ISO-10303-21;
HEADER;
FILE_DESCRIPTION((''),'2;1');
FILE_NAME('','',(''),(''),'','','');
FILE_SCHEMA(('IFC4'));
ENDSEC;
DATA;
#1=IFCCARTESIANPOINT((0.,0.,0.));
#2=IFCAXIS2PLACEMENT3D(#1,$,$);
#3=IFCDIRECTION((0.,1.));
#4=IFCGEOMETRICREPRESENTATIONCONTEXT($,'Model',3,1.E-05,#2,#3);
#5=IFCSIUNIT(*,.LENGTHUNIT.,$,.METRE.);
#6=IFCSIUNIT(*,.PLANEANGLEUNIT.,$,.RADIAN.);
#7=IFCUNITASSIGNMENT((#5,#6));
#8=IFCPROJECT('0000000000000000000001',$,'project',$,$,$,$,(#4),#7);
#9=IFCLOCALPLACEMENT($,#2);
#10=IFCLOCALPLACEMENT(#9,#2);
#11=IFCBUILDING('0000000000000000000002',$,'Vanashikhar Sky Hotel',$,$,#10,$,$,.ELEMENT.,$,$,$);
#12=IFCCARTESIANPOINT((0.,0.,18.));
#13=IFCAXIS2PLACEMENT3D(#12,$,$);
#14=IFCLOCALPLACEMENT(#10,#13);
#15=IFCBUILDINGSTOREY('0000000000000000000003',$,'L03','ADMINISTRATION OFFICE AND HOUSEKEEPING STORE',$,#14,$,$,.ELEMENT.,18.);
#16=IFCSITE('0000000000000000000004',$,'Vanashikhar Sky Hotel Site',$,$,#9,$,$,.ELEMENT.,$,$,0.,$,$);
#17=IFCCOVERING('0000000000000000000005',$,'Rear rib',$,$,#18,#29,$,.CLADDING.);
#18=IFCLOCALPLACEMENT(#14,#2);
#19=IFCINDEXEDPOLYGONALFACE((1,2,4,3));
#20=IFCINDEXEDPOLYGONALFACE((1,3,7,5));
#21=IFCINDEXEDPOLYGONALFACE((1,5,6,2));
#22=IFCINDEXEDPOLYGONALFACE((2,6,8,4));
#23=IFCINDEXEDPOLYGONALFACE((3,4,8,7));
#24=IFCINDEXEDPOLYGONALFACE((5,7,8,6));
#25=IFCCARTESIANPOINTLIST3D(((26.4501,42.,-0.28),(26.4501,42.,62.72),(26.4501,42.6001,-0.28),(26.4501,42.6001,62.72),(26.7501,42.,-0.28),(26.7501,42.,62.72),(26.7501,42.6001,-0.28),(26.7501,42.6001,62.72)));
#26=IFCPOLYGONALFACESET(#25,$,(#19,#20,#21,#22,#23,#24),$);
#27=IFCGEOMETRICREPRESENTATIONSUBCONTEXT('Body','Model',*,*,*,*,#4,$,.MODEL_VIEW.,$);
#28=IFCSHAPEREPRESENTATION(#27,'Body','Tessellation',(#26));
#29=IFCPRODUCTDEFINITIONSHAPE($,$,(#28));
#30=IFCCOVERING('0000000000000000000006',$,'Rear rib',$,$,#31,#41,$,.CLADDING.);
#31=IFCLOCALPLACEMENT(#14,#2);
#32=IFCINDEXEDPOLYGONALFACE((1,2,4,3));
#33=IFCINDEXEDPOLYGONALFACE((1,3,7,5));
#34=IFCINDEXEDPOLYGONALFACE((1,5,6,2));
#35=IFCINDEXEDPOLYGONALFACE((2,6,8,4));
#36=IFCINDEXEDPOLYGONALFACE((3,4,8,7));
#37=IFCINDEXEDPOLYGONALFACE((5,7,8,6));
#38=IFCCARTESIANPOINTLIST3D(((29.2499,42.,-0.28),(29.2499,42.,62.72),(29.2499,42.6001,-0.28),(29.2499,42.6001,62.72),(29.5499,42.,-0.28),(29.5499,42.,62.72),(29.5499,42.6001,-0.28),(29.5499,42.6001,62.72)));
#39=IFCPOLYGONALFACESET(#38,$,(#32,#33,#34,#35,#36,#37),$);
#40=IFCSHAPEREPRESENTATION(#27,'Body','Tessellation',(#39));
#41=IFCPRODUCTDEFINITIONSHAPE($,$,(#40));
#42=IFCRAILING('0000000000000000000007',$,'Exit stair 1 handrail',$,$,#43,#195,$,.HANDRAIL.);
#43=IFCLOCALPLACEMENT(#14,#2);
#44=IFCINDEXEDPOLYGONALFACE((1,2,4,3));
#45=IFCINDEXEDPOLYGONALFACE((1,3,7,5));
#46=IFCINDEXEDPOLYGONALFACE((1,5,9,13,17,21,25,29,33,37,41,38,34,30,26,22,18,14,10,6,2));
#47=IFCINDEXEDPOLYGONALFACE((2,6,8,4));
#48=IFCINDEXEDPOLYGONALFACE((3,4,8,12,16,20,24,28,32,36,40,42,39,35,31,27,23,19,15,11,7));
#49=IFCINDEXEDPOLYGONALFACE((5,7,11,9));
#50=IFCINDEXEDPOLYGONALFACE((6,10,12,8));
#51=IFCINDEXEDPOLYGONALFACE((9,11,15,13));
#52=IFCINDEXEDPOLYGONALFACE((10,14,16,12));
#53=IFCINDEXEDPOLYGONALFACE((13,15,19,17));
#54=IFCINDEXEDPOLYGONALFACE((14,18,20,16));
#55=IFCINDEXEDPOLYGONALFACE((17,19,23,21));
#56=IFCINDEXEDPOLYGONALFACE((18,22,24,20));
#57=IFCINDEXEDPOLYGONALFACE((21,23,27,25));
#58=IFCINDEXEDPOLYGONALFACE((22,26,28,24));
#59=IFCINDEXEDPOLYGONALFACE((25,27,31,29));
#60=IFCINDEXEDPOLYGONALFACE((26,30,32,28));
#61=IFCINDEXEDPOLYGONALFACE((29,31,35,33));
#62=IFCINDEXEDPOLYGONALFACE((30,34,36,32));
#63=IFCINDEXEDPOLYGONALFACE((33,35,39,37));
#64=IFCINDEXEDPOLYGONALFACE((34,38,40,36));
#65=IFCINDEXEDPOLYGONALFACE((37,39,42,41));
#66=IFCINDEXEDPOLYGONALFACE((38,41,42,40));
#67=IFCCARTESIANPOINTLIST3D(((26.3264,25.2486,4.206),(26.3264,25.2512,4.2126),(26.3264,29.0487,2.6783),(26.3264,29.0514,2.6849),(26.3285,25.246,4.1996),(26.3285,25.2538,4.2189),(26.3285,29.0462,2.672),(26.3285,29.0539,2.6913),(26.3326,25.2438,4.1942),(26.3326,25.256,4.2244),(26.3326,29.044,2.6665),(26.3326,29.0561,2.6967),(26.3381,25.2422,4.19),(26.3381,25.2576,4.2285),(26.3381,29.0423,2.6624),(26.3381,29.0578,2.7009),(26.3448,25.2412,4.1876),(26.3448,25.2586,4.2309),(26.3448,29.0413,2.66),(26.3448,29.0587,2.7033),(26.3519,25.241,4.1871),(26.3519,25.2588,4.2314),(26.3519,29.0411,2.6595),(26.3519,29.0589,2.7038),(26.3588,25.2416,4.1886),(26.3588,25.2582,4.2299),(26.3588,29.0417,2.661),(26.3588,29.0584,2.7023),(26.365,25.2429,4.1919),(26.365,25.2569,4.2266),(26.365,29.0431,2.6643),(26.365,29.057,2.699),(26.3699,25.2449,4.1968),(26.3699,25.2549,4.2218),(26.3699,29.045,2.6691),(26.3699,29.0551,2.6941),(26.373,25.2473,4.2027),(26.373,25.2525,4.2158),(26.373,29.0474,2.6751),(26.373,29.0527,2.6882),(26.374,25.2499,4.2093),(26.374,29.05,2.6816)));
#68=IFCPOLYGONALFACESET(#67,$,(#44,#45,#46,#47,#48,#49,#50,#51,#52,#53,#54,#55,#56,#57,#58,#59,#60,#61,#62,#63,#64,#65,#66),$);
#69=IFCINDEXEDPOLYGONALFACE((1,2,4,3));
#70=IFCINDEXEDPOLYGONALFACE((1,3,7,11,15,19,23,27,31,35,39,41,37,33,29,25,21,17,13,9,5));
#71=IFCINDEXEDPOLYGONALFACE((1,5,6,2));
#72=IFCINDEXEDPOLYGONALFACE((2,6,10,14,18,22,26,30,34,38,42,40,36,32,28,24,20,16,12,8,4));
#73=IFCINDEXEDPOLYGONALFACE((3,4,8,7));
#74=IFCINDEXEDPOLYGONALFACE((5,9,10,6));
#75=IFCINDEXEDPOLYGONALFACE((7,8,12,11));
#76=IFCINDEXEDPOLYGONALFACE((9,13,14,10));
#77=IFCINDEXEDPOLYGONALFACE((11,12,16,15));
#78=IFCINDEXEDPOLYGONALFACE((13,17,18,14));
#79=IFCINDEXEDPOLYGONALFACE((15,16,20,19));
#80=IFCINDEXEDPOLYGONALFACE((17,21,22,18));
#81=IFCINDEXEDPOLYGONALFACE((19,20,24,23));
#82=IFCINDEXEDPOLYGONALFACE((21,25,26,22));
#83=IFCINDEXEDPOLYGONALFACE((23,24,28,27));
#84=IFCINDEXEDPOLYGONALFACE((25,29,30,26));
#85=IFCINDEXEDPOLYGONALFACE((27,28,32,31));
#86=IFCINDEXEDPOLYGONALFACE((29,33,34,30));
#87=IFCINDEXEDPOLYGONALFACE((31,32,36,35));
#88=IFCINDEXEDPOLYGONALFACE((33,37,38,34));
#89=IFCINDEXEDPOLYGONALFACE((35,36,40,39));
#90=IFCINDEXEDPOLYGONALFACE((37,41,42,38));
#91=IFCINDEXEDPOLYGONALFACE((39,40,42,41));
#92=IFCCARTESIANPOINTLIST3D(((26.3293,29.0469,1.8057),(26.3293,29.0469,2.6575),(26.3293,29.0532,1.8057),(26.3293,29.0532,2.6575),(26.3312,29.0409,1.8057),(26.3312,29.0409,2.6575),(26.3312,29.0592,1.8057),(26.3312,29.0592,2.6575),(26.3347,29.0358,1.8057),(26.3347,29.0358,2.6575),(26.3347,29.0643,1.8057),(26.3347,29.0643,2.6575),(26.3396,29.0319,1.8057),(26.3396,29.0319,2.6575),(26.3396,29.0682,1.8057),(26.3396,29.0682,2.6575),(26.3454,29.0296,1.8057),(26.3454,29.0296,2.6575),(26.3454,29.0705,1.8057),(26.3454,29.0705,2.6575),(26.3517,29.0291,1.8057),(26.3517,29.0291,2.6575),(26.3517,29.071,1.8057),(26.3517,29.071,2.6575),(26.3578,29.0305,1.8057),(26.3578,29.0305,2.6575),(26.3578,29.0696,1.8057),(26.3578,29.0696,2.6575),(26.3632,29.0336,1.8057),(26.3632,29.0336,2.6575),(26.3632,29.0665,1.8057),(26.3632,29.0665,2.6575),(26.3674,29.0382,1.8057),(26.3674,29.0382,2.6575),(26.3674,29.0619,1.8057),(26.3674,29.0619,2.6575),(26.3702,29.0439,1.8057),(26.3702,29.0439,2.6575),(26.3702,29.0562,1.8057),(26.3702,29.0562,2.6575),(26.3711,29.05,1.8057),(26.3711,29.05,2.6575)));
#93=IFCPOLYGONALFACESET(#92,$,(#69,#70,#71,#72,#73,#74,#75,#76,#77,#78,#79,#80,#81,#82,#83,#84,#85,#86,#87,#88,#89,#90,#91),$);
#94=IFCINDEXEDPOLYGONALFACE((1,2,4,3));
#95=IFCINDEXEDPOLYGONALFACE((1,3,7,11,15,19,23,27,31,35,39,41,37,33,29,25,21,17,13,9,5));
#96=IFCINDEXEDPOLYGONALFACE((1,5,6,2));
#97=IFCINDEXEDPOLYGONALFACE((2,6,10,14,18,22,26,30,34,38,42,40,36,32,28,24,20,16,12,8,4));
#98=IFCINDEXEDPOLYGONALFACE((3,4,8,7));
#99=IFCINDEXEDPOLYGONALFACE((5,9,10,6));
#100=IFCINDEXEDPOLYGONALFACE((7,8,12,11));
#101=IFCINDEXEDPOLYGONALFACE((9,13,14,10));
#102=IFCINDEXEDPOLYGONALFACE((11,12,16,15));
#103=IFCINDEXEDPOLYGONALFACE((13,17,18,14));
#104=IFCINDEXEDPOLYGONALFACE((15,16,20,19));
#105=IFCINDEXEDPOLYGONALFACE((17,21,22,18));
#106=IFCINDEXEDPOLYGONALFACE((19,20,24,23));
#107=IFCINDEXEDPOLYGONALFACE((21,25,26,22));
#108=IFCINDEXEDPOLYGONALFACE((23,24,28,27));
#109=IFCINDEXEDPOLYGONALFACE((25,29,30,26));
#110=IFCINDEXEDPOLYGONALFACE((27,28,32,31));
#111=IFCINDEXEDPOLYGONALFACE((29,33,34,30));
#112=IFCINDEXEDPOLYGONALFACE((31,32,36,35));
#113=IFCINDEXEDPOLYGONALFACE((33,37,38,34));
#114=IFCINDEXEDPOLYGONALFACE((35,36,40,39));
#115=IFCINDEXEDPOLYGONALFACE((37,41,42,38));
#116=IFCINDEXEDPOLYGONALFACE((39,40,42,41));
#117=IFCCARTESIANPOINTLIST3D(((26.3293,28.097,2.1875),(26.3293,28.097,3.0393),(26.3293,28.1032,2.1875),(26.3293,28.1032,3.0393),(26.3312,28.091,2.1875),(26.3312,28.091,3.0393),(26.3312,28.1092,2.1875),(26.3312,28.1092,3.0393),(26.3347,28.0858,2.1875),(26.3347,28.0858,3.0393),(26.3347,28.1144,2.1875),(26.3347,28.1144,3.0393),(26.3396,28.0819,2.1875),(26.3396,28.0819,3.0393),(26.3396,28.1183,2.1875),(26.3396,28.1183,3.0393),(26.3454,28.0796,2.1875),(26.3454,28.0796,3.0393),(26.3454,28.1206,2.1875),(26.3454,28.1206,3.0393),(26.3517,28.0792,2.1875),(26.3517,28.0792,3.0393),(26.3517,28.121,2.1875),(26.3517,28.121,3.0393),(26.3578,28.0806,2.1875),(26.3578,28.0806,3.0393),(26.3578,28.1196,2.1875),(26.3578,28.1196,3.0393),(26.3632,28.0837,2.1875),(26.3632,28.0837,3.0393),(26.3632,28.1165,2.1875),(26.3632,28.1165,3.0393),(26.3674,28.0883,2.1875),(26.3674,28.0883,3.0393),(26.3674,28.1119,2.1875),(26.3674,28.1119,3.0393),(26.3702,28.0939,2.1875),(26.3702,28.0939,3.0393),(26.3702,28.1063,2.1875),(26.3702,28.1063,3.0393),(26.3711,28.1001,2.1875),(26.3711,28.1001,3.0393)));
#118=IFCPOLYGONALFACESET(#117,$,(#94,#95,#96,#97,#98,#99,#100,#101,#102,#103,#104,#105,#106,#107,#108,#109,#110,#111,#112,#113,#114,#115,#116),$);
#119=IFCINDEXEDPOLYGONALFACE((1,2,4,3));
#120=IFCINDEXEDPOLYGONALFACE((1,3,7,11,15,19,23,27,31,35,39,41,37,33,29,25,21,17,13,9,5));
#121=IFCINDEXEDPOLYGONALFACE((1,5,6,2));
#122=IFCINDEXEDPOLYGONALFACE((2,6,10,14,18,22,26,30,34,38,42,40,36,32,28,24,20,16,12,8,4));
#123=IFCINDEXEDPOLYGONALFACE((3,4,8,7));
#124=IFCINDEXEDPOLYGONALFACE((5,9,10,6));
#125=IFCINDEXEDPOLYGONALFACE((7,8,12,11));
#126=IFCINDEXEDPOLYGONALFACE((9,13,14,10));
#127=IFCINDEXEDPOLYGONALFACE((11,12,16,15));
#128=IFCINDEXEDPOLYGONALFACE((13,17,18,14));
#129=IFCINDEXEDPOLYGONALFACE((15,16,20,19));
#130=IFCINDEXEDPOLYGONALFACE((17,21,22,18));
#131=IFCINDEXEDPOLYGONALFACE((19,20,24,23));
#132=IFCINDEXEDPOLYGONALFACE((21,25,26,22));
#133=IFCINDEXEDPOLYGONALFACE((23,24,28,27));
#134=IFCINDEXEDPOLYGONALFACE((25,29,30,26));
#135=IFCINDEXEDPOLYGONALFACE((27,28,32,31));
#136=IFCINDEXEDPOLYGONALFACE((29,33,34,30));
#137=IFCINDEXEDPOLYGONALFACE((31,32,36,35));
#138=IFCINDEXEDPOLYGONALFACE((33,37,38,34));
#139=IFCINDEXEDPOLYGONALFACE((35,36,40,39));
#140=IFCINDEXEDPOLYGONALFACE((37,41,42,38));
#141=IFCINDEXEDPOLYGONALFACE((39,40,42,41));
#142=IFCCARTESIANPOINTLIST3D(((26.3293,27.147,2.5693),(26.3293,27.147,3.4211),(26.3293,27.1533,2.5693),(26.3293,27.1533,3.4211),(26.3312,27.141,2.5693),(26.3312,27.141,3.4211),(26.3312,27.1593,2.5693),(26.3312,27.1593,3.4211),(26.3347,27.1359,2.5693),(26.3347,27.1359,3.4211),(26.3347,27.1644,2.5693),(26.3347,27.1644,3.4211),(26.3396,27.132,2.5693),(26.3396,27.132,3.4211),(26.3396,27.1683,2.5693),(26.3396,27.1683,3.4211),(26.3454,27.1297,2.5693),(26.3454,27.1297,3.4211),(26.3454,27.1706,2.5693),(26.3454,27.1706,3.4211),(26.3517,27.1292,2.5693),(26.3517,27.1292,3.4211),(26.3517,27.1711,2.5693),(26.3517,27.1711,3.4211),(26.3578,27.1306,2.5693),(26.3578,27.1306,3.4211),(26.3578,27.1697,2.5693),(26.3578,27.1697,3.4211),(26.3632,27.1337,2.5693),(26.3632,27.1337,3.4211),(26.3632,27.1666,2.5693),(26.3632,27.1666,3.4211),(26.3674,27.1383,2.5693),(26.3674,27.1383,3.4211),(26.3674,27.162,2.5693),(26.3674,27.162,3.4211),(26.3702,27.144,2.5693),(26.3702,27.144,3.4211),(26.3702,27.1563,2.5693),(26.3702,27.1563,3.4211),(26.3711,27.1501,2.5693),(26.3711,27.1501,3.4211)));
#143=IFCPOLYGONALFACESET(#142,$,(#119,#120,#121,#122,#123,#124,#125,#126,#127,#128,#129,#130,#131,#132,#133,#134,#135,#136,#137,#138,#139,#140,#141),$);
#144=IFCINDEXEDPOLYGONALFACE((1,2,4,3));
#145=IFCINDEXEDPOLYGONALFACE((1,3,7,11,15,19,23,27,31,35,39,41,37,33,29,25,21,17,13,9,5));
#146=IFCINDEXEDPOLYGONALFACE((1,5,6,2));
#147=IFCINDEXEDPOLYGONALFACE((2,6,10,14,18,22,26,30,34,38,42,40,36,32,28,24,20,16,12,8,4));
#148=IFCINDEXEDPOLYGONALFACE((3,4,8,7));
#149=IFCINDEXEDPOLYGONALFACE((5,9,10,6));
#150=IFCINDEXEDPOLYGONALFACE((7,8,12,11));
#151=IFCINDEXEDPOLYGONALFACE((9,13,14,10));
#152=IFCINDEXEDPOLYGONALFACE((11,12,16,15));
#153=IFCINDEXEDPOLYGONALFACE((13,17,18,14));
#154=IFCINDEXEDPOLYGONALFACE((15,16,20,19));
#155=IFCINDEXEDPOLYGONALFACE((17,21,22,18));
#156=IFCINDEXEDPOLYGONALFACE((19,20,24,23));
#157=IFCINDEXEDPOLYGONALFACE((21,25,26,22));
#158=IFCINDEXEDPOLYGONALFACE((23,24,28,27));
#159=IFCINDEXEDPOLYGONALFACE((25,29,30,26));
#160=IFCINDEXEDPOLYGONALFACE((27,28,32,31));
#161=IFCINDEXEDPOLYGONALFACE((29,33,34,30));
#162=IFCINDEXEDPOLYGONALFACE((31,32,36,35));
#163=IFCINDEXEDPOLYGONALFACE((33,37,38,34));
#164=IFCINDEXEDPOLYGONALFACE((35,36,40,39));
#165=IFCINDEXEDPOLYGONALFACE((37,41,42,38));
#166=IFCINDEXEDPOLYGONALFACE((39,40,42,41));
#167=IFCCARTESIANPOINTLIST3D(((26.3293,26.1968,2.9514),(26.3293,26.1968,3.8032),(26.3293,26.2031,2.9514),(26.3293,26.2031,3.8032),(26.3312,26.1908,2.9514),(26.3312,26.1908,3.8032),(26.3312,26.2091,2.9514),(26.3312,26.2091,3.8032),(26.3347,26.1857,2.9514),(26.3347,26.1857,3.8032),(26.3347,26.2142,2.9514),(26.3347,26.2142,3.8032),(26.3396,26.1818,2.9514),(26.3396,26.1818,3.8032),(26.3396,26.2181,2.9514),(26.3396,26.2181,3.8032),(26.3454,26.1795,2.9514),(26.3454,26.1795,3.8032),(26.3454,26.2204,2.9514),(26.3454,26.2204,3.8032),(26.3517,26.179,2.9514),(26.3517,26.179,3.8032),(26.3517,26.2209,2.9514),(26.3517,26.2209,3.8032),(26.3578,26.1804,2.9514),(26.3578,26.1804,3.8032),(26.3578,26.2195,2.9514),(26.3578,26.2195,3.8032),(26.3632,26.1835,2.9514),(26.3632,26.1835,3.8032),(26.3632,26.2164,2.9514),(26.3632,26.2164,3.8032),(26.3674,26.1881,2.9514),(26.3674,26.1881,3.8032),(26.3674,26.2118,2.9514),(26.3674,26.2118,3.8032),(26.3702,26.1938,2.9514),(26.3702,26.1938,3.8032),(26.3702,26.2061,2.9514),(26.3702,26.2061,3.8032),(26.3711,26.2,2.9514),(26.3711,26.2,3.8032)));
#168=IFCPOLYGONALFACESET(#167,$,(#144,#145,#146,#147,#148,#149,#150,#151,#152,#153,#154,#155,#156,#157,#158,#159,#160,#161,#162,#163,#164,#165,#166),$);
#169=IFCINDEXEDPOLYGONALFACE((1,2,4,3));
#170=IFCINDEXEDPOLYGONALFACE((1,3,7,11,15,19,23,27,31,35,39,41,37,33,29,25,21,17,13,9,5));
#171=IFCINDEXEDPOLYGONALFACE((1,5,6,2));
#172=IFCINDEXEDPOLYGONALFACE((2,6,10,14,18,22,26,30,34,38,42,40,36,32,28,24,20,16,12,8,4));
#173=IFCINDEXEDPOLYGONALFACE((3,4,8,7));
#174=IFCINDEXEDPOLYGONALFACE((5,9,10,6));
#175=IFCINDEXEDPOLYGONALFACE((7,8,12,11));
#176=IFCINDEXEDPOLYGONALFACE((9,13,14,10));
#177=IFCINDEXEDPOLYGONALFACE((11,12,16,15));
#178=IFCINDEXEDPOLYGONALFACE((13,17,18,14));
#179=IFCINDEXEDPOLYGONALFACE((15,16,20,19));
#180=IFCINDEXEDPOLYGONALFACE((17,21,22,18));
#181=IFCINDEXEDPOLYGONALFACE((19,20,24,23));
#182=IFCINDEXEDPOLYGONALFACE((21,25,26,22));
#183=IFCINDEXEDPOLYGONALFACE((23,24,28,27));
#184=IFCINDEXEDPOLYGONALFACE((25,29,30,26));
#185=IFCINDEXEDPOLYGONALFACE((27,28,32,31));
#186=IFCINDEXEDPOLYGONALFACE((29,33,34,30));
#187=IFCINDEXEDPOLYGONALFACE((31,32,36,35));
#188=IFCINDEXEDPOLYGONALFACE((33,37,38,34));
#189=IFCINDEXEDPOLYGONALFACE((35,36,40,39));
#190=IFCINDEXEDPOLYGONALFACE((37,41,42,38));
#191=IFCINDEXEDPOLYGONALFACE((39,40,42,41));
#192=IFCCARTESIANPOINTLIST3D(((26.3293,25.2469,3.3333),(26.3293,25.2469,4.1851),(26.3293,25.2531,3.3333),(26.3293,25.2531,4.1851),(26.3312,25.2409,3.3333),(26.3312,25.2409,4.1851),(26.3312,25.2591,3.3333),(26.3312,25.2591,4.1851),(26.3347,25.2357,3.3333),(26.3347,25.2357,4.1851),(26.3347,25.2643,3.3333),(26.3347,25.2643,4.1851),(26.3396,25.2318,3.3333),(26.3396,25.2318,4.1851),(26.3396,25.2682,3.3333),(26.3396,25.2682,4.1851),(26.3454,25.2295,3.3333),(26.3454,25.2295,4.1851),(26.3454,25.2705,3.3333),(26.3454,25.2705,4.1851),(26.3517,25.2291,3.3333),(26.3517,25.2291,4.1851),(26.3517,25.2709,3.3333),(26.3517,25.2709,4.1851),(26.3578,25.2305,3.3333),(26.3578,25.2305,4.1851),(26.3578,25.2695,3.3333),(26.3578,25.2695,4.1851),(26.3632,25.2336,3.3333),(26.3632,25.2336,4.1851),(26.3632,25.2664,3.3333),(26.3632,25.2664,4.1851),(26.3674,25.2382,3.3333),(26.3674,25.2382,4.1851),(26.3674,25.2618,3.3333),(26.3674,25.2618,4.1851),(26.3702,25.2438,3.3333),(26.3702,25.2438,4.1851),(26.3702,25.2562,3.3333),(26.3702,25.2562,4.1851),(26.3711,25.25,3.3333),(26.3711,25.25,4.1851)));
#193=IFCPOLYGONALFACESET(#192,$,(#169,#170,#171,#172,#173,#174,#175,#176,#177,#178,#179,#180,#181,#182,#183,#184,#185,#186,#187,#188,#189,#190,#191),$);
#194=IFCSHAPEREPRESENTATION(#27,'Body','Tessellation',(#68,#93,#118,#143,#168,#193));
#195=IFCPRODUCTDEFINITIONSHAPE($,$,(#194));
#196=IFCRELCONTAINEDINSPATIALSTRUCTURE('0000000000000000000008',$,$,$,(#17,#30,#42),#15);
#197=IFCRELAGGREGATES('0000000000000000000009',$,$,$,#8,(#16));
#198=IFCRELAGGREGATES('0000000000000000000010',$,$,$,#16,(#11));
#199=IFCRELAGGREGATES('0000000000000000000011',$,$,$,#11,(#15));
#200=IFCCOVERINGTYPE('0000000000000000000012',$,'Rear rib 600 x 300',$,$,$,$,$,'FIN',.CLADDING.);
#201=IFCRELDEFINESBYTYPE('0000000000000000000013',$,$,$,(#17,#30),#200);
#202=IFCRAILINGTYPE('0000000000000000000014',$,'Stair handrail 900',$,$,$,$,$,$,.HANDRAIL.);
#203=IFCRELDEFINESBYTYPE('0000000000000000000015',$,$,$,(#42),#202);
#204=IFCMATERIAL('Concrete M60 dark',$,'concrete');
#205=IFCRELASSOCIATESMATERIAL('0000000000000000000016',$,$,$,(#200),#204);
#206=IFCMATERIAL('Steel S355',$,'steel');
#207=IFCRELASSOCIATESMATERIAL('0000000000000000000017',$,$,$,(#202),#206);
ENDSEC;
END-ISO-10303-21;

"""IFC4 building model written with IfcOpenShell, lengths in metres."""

from ifc_helpers import new_model, si_unit, direction, frame, origin, origin_2d, place, context, subcontext, project, spatial, rectangle, circle, extrude, source, transform, mapped, material, material_profile, profile_set, type_object, element, save


model = new_model("IFC4")

# Units and contexts
model_context = context("Model", 3, precision=1e-05, world=origin(), true_north=direction((0.0, 1.0)))
body_context = subcontext(model_context, "Body", "Model", "MODEL_VIEW")
ifc_project = project(units=[si_unit("LENGTHUNIT", "METRE"), si_unit("PLANEANGLEUNIT", "RADIAN")], contexts=[model_context])

# Site, building, storey
site_placement = place(None, origin())
site = spatial("IfcSite", under=ifc_project, at=site_placement, Name="Vanashikhar Sky Hotel Site", CompositionType="ELEMENT", RefElevation=0.0)
building_placement = place(site_placement, origin())
building = spatial("IfcBuilding", under=site, at=building_placement, Name="Vanashikhar Sky Hotel", CompositionType="ELEMENT")
storey_placement = place(building_placement, frame((0.0, 0.0, 18.0)))
storey = spatial("IfcBuildingStorey", under=building, at=storey_placement, Name="L03", Description="ADMINISTRATION OFFICE AND HOUSEKEEPING STORE", CompositionType="ELEMENT", Elevation=18.0)

# Coverings
ifc_material_1 = material(Name="Concrete M60 dark", Category="concrete")
ifc_material_profile = material_profile(ifc_material_1, rectangle(XDim=0.6001, YDim=0.3, at=origin_2d()))
ifc_profile_set = profile_set([ifc_material_profile], Name="Rear rib 600 x 300")
covering_type = type_object("IfcCoveringType", Name="Rear rib 600 x 300", ElementType="FIN", PredefinedType="CLADDING", material=ifc_profile_set)
shared_shape_1 = source(origin(), body_context, "Body", "SweptSolid", [
    extrude(rectangle(XDim=0.6001, YDim=0.3, at=origin_2d()), origin(), (0.0, 0.0, 1.0), 63.0),
])
for number, where, z_axis, x_axis, name in (
    (1, (26.6001, 42.3, -0.28), (0.0, 0.0, 1.0), (0.0, 1.0, 0.0), "Rear rib"),
    (2, (29.3999, 42.3, -0.28), (0.0, 0.0, 1.0), (0.0, 1.0, 0.0), "Rear rib"),
):
    element("IfcCovering", number, at=place(storey_placement, frame(where, z_axis=z_axis, x_axis=x_axis)), inside=storey, type_object=covering_type, Name=name, PredefinedType="CLADDING", context=body_context, shape_type="MappedRepresentation", body=[
        mapped(shared_shape_1, transform((0.0, 0.0, 0.0), scale=1.0)),
    ])

# Railing
ifc_material_2 = material(Name="Steel S355", Category="steel")
railing_type_1 = type_object("IfcRailingType", Name="Stair handrail 900", PredefinedType="HANDRAIL", material=ifc_material_2)
shared_shape_2 = source(origin(), body_context, "Body", "SweptSolid", [
    extrude(circle(Radius=0.0239, at=origin_2d()), frame((0.0, 0.0, 0.876), z_axis=(0.0, -0.927838, 0.372983), x_axis=(1.0, 0.0, 0.0)), (0.0, 0.0, 1.0), 4.0957),
    extrude(circle(Radius=0.021, at=origin_2d()), origin(), (0.0, 0.0, 1.0), 0.8518),
    extrude(circle(Radius=0.021, at=origin_2d()), frame((0.0, -0.95, 0.3818)), (0.0, 0.0, 1.0), 0.8518),
    extrude(circle(Radius=0.021, at=origin_2d()), frame((0.0, -1.8999, 0.7637)), (0.0, 0.0, 1.0), 0.8518),
    extrude(circle(Radius=0.021, at=origin_2d()), frame((0.0, -2.8501, 1.1458)), (0.0, 0.0, 1.0), 0.8518),
    extrude(circle(Radius=0.021, at=origin_2d()), frame((0.0, -3.8, 1.5276)), (0.0, 0.0, 1.0), 0.8518),
])
for number, where, name in (
    (3, (26.3501, 29.05, 1.8057), "Exit stair 1 handrail"),
):
    element("IfcRailing", number, at=place(storey_placement, frame(where)), inside=storey, type_object=railing_type_1, Name=name, PredefinedType="HANDRAIL", context=body_context, shape_type="MappedRepresentation", body=[
        mapped(shared_shape_2, transform((0.0, 0.0, 0.0), scale=1.0)),
    ])

save(model, "model.ifc")
